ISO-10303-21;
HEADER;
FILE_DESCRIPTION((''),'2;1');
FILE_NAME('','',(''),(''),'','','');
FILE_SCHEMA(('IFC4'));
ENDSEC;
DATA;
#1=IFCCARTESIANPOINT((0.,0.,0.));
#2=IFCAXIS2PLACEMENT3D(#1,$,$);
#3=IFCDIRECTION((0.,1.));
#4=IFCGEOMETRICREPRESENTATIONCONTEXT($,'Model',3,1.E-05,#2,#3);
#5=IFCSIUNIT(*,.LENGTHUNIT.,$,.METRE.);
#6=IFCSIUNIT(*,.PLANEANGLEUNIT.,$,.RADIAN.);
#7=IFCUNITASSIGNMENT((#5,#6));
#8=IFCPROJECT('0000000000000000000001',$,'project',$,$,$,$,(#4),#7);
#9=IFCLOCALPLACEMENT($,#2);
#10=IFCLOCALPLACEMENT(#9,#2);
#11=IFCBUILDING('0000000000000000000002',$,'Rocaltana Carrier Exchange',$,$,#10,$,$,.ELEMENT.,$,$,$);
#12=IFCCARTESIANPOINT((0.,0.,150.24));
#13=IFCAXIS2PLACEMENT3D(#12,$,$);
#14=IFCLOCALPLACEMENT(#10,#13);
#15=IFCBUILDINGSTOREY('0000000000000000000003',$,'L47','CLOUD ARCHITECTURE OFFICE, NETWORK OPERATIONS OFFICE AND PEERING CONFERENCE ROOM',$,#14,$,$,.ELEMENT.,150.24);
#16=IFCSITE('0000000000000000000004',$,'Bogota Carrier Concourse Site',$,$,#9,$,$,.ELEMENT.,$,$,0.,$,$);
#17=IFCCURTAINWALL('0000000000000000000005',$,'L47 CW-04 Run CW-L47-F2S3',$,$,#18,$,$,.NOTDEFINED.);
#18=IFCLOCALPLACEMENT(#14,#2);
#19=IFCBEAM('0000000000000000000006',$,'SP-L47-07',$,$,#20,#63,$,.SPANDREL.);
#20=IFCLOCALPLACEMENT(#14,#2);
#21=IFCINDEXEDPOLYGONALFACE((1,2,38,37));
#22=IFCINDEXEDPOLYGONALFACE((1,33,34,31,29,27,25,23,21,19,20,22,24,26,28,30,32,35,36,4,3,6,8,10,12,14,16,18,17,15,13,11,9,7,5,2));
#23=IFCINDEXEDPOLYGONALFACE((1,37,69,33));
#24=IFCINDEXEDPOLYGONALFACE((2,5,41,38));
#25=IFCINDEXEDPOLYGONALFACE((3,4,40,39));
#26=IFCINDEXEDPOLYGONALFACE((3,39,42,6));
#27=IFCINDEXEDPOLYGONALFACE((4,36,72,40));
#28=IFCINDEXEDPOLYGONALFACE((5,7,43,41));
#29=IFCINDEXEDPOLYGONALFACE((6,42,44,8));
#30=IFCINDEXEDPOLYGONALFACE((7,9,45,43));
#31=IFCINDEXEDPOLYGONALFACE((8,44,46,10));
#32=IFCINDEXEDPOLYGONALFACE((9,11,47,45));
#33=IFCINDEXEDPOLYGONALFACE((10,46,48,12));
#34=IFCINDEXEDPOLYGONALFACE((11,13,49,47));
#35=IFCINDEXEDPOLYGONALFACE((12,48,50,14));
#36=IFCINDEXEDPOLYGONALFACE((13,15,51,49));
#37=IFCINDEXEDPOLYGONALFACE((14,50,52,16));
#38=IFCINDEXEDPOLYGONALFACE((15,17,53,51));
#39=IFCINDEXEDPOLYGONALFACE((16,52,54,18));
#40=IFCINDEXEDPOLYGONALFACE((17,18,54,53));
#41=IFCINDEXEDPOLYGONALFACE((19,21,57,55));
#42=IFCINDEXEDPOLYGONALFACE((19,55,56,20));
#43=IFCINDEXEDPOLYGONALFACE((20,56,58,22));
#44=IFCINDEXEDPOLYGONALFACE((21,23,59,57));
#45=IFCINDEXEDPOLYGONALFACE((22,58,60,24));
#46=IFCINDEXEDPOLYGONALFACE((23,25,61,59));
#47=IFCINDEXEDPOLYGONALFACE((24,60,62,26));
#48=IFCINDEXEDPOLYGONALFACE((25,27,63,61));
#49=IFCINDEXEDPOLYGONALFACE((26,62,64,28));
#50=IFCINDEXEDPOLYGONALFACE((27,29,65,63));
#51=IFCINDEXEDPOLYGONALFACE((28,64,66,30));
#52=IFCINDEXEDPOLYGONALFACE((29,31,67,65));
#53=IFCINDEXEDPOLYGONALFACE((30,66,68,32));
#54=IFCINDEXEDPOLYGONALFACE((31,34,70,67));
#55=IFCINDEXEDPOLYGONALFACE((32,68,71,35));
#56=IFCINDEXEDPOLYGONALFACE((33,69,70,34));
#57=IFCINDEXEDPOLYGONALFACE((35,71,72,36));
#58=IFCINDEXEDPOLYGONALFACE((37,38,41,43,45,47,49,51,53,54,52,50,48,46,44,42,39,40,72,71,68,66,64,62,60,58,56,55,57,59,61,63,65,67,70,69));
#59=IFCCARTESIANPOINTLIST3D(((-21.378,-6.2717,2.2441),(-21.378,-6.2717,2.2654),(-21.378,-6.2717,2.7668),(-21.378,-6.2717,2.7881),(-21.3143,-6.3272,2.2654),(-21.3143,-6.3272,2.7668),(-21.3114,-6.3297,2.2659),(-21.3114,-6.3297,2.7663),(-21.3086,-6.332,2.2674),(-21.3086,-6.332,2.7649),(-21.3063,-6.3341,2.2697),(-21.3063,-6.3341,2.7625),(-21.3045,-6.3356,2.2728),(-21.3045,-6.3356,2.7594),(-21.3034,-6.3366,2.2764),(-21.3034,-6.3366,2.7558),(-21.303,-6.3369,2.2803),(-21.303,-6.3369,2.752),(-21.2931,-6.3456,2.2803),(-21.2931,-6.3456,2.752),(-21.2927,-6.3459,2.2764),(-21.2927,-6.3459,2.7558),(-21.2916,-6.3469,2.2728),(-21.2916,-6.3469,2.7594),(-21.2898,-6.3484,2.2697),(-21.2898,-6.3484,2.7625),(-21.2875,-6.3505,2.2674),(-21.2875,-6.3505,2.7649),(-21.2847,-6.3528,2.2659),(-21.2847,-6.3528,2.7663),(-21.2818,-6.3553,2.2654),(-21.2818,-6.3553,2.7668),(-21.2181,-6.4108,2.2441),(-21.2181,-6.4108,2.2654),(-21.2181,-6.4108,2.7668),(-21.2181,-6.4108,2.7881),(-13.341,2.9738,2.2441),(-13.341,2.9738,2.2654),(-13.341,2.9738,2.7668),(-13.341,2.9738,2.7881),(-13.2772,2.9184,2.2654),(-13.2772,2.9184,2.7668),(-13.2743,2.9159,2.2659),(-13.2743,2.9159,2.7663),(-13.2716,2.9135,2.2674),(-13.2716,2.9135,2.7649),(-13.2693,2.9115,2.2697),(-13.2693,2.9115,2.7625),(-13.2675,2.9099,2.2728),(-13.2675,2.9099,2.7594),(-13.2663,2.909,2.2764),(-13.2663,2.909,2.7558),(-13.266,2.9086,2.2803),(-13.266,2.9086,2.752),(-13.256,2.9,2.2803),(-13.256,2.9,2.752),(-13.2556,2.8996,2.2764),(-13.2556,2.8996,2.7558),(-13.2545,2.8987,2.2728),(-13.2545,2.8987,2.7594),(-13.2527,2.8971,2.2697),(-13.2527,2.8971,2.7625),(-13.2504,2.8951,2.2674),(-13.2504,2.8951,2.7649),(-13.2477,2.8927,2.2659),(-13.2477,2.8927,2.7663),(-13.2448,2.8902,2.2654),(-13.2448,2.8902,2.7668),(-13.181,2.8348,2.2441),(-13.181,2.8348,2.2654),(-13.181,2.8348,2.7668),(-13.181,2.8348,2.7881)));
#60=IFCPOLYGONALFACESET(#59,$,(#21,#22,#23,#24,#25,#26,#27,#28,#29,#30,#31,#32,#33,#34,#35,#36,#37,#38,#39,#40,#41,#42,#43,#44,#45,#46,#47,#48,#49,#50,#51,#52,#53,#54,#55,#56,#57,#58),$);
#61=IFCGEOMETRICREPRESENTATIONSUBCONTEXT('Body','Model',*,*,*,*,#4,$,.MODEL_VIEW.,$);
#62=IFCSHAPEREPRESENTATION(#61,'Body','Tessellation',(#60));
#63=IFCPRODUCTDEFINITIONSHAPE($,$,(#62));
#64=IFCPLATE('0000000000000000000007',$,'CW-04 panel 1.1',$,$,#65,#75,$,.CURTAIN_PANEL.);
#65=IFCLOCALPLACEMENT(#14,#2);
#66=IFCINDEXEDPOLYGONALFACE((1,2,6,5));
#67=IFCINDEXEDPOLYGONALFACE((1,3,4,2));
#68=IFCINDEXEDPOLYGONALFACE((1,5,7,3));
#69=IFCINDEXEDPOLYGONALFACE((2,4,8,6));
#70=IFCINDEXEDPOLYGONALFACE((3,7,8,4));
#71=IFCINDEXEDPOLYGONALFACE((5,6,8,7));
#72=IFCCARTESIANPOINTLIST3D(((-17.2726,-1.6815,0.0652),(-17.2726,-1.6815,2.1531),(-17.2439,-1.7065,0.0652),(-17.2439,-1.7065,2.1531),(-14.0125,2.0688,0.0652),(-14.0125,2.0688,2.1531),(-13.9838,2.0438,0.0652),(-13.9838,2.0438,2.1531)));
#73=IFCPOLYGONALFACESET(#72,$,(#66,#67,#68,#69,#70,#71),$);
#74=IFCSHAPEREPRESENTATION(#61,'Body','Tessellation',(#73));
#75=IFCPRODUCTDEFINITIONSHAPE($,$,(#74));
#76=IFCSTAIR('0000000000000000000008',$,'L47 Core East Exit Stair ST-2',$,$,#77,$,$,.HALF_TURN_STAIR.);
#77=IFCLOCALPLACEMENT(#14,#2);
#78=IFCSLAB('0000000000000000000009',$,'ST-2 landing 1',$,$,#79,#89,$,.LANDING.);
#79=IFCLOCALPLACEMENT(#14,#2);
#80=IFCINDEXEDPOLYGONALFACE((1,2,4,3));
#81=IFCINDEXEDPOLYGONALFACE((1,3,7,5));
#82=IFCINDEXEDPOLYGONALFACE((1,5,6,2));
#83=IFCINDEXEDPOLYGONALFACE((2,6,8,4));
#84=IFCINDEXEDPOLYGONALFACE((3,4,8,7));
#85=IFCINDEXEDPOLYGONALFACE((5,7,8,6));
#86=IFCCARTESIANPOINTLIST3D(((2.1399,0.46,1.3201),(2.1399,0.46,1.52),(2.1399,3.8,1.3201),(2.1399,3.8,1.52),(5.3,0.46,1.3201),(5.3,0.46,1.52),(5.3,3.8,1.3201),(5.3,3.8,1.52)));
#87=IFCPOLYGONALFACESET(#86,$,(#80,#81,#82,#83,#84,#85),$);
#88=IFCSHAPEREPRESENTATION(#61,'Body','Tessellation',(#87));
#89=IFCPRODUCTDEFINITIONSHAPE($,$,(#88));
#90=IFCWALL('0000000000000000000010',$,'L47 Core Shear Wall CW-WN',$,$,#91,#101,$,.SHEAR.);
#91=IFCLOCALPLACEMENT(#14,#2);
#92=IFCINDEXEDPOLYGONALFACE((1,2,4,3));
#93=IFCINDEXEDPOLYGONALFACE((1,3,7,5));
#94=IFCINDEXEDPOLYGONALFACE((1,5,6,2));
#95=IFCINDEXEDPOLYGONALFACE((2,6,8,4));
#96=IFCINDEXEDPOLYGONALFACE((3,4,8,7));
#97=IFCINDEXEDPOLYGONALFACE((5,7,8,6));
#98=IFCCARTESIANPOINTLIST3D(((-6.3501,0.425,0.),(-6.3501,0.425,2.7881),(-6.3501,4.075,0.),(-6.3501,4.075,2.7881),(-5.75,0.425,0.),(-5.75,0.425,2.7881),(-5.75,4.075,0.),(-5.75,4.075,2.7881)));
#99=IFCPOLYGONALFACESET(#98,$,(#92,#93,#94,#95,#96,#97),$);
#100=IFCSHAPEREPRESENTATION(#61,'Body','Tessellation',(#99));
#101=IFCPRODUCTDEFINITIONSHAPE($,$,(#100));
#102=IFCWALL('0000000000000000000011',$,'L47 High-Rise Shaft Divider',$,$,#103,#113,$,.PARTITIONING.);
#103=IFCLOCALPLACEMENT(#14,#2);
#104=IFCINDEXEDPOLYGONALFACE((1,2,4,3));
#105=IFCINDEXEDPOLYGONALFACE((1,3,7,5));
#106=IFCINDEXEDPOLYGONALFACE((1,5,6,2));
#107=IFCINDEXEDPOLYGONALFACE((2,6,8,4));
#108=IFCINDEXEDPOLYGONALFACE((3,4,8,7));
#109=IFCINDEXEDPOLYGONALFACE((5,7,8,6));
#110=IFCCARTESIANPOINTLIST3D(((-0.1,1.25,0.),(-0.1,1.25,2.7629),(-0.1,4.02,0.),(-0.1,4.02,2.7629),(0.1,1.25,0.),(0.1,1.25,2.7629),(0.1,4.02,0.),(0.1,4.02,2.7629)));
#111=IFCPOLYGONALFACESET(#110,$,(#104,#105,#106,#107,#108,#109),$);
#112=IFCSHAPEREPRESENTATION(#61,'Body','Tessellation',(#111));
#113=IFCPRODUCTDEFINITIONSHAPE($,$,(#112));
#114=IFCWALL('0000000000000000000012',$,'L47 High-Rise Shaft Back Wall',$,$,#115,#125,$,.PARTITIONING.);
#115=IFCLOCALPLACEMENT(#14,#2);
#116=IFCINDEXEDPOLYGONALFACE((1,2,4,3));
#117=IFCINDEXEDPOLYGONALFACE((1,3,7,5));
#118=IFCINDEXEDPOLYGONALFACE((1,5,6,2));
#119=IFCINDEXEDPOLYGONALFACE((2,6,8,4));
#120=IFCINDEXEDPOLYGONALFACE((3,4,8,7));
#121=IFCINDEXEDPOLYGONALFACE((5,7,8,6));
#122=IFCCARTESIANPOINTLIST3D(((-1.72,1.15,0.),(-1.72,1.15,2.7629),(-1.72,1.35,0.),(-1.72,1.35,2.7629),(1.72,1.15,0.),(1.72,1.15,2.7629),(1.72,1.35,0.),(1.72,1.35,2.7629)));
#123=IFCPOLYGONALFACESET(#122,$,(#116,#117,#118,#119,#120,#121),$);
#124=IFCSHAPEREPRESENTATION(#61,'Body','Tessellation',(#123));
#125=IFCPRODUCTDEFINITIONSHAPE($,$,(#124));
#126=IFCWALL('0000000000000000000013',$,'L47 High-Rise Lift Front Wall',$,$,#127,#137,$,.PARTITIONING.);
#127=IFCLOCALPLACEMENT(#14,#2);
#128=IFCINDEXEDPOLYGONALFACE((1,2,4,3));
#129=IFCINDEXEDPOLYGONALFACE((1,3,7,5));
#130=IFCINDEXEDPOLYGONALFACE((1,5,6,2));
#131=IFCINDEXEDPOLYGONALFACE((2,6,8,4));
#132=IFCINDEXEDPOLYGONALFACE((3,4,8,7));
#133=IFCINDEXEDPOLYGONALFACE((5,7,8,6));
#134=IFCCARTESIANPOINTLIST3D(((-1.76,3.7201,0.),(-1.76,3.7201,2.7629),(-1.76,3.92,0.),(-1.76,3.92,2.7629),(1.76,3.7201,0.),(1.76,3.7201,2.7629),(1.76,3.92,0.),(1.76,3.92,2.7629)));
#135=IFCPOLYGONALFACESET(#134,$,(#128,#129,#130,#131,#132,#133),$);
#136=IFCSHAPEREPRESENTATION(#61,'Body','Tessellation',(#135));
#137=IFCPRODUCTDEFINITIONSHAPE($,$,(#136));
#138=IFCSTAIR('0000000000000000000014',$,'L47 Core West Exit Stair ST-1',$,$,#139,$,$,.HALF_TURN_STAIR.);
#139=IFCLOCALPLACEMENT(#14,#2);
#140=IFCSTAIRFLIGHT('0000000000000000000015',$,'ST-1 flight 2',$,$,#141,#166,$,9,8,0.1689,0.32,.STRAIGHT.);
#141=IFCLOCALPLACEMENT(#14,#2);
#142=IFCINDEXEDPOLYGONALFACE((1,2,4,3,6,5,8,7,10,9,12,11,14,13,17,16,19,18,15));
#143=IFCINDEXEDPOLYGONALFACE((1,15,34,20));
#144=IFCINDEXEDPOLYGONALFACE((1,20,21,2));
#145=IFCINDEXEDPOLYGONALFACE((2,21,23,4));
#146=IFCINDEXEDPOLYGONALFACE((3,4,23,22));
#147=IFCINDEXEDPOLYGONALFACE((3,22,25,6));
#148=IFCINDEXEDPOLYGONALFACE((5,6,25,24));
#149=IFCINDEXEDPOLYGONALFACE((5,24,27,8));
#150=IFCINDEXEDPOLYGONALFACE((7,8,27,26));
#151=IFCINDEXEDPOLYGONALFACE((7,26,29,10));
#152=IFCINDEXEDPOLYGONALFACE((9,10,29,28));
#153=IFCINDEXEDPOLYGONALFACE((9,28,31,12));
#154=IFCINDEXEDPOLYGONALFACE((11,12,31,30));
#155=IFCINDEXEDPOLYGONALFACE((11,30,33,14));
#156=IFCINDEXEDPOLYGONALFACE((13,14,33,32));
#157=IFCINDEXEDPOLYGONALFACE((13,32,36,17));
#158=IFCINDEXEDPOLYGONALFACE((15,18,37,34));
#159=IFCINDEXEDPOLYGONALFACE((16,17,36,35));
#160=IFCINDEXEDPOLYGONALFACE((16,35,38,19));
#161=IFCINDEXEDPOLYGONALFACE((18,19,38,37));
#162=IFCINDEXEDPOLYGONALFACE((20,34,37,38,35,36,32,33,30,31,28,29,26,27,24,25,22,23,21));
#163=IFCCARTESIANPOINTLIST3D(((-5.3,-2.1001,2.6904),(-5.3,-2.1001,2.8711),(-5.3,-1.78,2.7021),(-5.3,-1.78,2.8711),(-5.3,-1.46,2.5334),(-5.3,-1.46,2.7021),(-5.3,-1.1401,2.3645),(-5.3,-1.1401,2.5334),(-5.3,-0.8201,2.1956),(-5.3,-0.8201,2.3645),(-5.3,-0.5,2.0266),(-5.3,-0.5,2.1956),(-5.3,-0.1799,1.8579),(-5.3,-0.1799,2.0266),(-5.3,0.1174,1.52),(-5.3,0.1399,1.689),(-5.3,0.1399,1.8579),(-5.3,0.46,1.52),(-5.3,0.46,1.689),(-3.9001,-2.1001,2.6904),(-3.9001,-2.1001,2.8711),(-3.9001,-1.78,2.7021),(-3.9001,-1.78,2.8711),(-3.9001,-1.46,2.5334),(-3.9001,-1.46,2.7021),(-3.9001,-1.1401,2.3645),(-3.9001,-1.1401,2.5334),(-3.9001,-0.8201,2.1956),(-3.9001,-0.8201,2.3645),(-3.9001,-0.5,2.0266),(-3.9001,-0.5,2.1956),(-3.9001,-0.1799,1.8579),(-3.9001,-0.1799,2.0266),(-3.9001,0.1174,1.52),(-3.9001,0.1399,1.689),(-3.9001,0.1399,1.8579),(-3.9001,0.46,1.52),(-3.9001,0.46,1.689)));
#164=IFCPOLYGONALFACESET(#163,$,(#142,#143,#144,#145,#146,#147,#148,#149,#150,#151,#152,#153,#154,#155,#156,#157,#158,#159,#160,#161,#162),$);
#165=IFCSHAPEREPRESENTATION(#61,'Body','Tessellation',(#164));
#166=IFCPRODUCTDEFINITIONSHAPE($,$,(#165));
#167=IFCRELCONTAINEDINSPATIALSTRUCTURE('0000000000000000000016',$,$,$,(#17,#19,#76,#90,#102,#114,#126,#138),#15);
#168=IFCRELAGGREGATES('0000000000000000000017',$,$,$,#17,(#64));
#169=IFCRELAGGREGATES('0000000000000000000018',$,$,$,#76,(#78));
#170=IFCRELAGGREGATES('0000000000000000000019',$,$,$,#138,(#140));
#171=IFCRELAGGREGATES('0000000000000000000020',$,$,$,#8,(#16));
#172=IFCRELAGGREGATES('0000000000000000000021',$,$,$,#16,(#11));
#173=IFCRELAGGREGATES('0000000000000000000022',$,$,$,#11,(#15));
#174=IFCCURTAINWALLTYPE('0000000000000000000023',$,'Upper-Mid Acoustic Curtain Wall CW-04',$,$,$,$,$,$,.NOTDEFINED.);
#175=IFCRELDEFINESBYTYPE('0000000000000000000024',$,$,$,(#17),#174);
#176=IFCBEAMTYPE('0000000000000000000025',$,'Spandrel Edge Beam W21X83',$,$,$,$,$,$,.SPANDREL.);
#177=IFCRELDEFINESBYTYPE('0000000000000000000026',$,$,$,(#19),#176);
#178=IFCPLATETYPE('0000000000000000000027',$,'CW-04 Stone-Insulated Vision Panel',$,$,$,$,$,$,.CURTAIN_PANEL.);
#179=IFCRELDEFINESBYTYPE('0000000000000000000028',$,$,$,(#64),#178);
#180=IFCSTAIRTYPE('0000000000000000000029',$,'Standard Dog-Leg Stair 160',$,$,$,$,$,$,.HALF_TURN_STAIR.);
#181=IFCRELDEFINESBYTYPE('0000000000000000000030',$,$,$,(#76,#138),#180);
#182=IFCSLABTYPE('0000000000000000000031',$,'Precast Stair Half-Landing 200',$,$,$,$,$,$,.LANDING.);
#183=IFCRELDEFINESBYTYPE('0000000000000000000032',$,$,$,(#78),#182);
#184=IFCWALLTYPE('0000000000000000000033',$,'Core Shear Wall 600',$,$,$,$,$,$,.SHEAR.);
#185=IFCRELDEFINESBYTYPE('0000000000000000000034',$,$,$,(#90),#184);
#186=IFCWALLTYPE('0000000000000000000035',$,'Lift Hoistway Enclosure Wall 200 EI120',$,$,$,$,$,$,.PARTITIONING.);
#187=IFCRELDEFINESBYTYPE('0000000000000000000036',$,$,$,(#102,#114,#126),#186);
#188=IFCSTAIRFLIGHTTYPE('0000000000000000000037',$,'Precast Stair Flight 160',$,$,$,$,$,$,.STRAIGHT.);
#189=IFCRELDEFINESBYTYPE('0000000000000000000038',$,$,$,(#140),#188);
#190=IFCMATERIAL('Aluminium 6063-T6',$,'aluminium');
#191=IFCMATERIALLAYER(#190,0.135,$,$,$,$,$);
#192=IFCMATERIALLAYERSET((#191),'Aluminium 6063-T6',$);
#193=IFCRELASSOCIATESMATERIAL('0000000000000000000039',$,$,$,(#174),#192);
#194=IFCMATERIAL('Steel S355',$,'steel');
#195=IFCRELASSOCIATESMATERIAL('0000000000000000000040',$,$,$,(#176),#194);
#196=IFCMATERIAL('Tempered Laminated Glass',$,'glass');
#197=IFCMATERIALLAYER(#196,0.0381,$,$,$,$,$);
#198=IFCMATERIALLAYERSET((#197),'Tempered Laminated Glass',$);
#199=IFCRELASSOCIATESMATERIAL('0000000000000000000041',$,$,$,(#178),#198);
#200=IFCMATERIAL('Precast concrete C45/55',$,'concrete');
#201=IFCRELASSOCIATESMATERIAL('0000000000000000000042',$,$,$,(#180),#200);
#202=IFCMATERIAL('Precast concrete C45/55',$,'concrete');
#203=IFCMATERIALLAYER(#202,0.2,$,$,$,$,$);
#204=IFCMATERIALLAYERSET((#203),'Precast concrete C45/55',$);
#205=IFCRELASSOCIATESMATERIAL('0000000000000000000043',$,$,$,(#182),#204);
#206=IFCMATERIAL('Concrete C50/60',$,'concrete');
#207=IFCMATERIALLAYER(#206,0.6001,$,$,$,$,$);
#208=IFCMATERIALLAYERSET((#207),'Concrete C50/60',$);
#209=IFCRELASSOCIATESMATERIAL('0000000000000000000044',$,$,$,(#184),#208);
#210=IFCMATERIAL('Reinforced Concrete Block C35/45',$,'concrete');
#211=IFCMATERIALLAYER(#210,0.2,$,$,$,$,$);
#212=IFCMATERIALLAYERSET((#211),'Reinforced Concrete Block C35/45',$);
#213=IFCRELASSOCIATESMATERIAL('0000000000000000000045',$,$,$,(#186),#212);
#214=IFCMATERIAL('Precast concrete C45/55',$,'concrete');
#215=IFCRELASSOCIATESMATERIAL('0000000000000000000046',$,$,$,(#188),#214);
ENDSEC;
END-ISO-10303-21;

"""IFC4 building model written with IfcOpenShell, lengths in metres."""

from ifc_helpers import new_model, si_unit, direction, frame, frame_2d, origin, origin_2d, place, context, subcontext, project, spatial, polyline, rectangle, i_section, outline, extrude, material, layer, layer_set, material_profile, profile_set, type_object, element, aggregate, save


model = new_model("IFC4")

# Units and contexts
model_context = context("Model", 3, precision=1e-05, world=origin(), true_north=direction((0.0, 1.0)))
body_context = subcontext(model_context, "Body", "Model", "MODEL_VIEW")
ifc_project = project(units=[si_unit("LENGTHUNIT", "METRE"), si_unit("PLANEANGLEUNIT", "RADIAN")], contexts=[model_context])

# Site, building, storey
site_placement = place(None, origin())
site = spatial("IfcSite", under=ifc_project, at=site_placement, Name="Bogota Carrier Concourse Site", CompositionType="ELEMENT", RefElevation=0.0)
building_placement = place(site_placement, origin())
building = spatial("IfcBuilding", under=site, at=building_placement, Name="Rocaltana Carrier Exchange", CompositionType="ELEMENT")
storey_placement = place(building_placement, frame((0.0, 0.0, 150.24)))
storey = spatial("IfcBuildingStorey", under=building, at=storey_placement, Name="L47", Description="CLOUD ARCHITECTURE OFFICE, NETWORK OPERATIONS OFFICE AND PEERING CONFERENCE ROOM", CompositionType="ELEMENT", Elevation=150.24)

# Curtain wall
ifc_material_1 = material(Name="Aluminium 6063-T6", Category="aluminium")
ifc_layer_1 = layer(ifc_material_1, 0.135)
ifc_layer_set_1 = layer_set([ifc_layer_1], Name="Aluminium 6063-T6")
curtain_wall_type = type_object("IfcCurtainWallType", Name="Upper-Mid Acoustic Curtain Wall CW-04", PredefinedType="NOTDEFINED", material=ifc_layer_set_1)
curtain_wall_placement = place(storey_placement, origin())
curtain_wall = element("IfcCurtainWall", 1, at=curtain_wall_placement, inside=storey, type_object=curtain_wall_type, Name="L47 CW-04 Run CW-L47-F2S3", PredefinedType="NOTDEFINED")

# Beam
ifc_material_2 = material(Name="Steel S355", Category="steel")
ifc_material_profile_1 = material_profile(ifc_material_2, i_section(OverallWidth=0.2119, OverallDepth=0.5439, WebThickness=0.0132, FlangeThickness=0.0212, FilletRadius=0.0149, at=origin_2d()), Name="W21X83")
ifc_profile_set_1 = profile_set([ifc_material_profile_1], Name="Steel S355")
beam_type_1 = type_object("IfcBeamType", Name="Spandrel Edge Beam W21X83", PredefinedType="SPANDREL", material=ifc_profile_set_1)
beam_1_placement = place(storey_placement, frame((-13.261, 2.9043, 2.5161), z_axis=(-0.65606, -0.754708, 0.0), x_axis=(0.754708, -0.65606, 0.0)))
element("IfcBeam", 2, at=beam_1_placement, inside=storey, type_object=beam_type_1, Name="SP-L47-07", PredefinedType="SPANDREL", context=body_context, shape_type="SweptSolid", body=[
    extrude(i_section(OverallWidth=0.2119, OverallDepth=0.5439, WebThickness=0.0132, FlangeThickness=0.0212, FilletRadius=0.0149, at=origin_2d()), origin(), (0.0, 0.0, 1.0), 12.2505),
])

# Plate
ifc_material_3 = material(Name="Tempered Laminated Glass", Category="glass")
ifc_layer_2 = layer(ifc_material_3, 0.0381)
ifc_layer_set_2 = layer_set([ifc_layer_2], Name="Tempered Laminated Glass")
plate_type = type_object("IfcPlateType", Name="CW-04 Stone-Insulated Vision Panel", PredefinedType="CURTAIN_PANEL", material=ifc_layer_set_2)
plate_placement = place(storey_placement, frame((-15.6282, 0.1812, 0.0652), z_axis=(0.0, 0.0, 1.0), x_axis=(-0.656057, -0.754712, 0.0)))
plate = element("IfcPlate", 3, at=plate_placement, type_object=plate_type, Name="CW-04 panel 1.1", PredefinedType="CURTAIN_PANEL", context=body_context, shape_type="SweptSolid", body=[
    extrude(rectangle(XDim=4.9692, YDim=0.0381, at=origin_2d()), origin(), (0.0, 0.0, 1.0), 2.0879),
])
aggregate(curtain_wall, [plate])

# Stair, slab
ifc_material_4 = material(Name="Precast concrete C45/55", Category="concrete")
stair_type = type_object("IfcStairType", Name="Standard Dog-Leg Stair 160", PredefinedType="HALF_TURN_STAIR", material=ifc_material_4)
stair_1_placement = place(storey_placement, origin())
stair_1 = element("IfcStair", 4, at=stair_1_placement, inside=storey, type_object=stair_type, Name="L47 Core East Exit Stair ST-2", PredefinedType="HALF_TURN_STAIR")
ifc_material_5 = material(Name="Precast concrete C45/55", Category="concrete")
ifc_layer_3 = layer(ifc_material_5, 0.2)
ifc_layer_set_3 = layer_set([ifc_layer_3], Name="Precast concrete C45/55")
slab_type = type_object("IfcSlabType", Name="Precast Stair Half-Landing 200", PredefinedType="LANDING", material=ifc_layer_set_3)
slab_placement = place(storey_placement, frame((0.0, 0.0, 1.3201)))
slab = element("IfcSlab", 5, at=slab_placement, type_object=slab_type, Name="ST-2 landing 1", PredefinedType="LANDING", context=body_context, shape_type="SweptSolid", body=[
    extrude(outline(polyline([(5.3, 0.46), (5.3, 3.8), (2.1399, 3.8), (2.1399, 0.46), (5.3, 0.46)])), origin(), (0.0, 0.0, 1.0), 0.2),
])
aggregate(stair_1, [slab])

# Walls
ifc_material_6 = material(Name="Concrete C50/60", Category="concrete")
ifc_layer_4 = layer(ifc_material_6, 0.6001)
ifc_layer_set_4 = layer_set([ifc_layer_4], Name="Concrete C50/60")
wall_type_1 = type_object("IfcWallType", Name="Core Shear Wall 600", PredefinedType="SHEAR", material=ifc_layer_set_4)
wall_1_placement = place(storey_placement, frame((-6.05, 0.425, 0.0), z_axis=(0.0, 0.0, 1.0), x_axis=(0.0, 1.0, 0.0)))
element("IfcWall", 6, at=wall_1_placement, inside=storey, type_object=wall_type_1, Name="L47 Core Shear Wall CW-WN", PredefinedType="SHEAR", context=body_context, shape_type="SweptSolid", body=[
    extrude(rectangle(XDim=3.6499, YDim=0.6001, at=frame_2d((1.825, 0.0))), origin(), (0.0, 0.0, 1.0), 2.7881),
])
ifc_material_7 = material(Name="Reinforced Concrete Block C35/45", Category="concrete")
ifc_layer_5 = layer(ifc_material_7, 0.2)
ifc_layer_set_5 = layer_set([ifc_layer_5], Name="Reinforced Concrete Block C35/45")
wall_type_2 = type_object("IfcWallType", Name="Lift Hoistway Enclosure Wall 200 EI120", PredefinedType="PARTITIONING", material=ifc_layer_set_5)
wall_2_placement = place(storey_placement, frame((0.0, 1.25, 0.0), z_axis=(0.0, 0.0, 1.0), x_axis=(0.0, 1.0, 0.0)))
element("IfcWall", 7, at=wall_2_placement, inside=storey, type_object=wall_type_2, Name="L47 High-Rise Shaft Divider", PredefinedType="PARTITIONING", context=body_context, shape_type="SweptSolid", body=[
    extrude(rectangle(XDim=2.77, YDim=0.2, at=frame_2d((1.385, 0.0))), origin(), (0.0, 0.0, 1.0), 2.7629),
])
wall_3_placement = place(storey_placement, frame((-1.72, 1.25, 0.0), z_axis=(0.0, 0.0, 1.0), x_axis=(1.0, 0.0, 0.0)))
element("IfcWall", 8, at=wall_3_placement, inside=storey, type_object=wall_type_2, Name="L47 High-Rise Shaft Back Wall", PredefinedType="PARTITIONING", context=body_context, shape_type="SweptSolid", body=[
    extrude(rectangle(XDim=3.4399, YDim=0.2, at=frame_2d((1.72, 0.0))), origin(), (0.0, 0.0, 1.0), 2.7629),
])
wall_4_placement = place(storey_placement, frame((-1.76, 3.8201, 0.0), z_axis=(0.0, 0.0, 1.0), x_axis=(1.0, 0.0, 0.0)))
element("IfcWall", 9, at=wall_4_placement, inside=storey, type_object=wall_type_2, Name="L47 High-Rise Lift Front Wall", PredefinedType="PARTITIONING", context=body_context, shape_type="SweptSolid", body=[
    extrude(rectangle(XDim=3.52, YDim=0.2, at=frame_2d((1.76, 0.0))), origin(), (0.0, 0.0, 1.0), 2.7629),
])

# Stair, stair flight
stair_2_placement = place(storey_placement, origin())
stair_2 = element("IfcStair", 10, at=stair_2_placement, inside=storey, type_object=stair_type, Name="L47 Core West Exit Stair ST-1", PredefinedType="HALF_TURN_STAIR")
ifc_material_8 = material(Name="Precast concrete C45/55", Category="concrete")
stair_flight_type = type_object("IfcStairFlightType", Name="Precast Stair Flight 160", PredefinedType="STRAIGHT", material=ifc_material_8)
stair_flight_placement = place(storey_placement, frame((-4.6001, 0.46, 1.52), z_axis=(0.0, 0.0, 1.0), x_axis=(0.0, -1.0, 0.0)))
stair_flight = element("IfcStairFlight", 11, at=stair_flight_placement, type_object=stair_flight_type, Name="ST-1 flight 2", NumberOfRisers=9, NumberOfTreads=8, PredefinedType="STRAIGHT", RiserHeight=0.1689, TreadLength=0.32, context=body_context, shape_type="SweptSolid", body=[
    extrude(outline(polyline([(0.0, 0.0), (0.0, 0.1689), (0.3201, 0.1689), (0.3201, 0.3379), (0.6399, 0.3379), (0.6399, 0.5066), (0.96, 0.5066), (0.96, 0.6755), (1.28, 0.6755), (1.28, 0.8445), (1.6001, 0.8445), (1.6001, 1.0134), (1.9199, 1.0134), (1.9199, 1.1821), (2.24, 1.1821), (2.24, 1.3511), (2.5601, 1.3511), (2.5601, 1.52), (2.5601, 1.1704), (0.3425, 0.0), (0.0, 0.0)])), frame((0.0, 0.7, 0.0), z_axis=(0.0, -1.0, 0.0), x_axis=(1.0, 0.0, 0.0)), (0.0, 0.0, 1.0), 1.3999),
])
aggregate(stair_2, [stair_flight])

save(model, "model.ifc")
